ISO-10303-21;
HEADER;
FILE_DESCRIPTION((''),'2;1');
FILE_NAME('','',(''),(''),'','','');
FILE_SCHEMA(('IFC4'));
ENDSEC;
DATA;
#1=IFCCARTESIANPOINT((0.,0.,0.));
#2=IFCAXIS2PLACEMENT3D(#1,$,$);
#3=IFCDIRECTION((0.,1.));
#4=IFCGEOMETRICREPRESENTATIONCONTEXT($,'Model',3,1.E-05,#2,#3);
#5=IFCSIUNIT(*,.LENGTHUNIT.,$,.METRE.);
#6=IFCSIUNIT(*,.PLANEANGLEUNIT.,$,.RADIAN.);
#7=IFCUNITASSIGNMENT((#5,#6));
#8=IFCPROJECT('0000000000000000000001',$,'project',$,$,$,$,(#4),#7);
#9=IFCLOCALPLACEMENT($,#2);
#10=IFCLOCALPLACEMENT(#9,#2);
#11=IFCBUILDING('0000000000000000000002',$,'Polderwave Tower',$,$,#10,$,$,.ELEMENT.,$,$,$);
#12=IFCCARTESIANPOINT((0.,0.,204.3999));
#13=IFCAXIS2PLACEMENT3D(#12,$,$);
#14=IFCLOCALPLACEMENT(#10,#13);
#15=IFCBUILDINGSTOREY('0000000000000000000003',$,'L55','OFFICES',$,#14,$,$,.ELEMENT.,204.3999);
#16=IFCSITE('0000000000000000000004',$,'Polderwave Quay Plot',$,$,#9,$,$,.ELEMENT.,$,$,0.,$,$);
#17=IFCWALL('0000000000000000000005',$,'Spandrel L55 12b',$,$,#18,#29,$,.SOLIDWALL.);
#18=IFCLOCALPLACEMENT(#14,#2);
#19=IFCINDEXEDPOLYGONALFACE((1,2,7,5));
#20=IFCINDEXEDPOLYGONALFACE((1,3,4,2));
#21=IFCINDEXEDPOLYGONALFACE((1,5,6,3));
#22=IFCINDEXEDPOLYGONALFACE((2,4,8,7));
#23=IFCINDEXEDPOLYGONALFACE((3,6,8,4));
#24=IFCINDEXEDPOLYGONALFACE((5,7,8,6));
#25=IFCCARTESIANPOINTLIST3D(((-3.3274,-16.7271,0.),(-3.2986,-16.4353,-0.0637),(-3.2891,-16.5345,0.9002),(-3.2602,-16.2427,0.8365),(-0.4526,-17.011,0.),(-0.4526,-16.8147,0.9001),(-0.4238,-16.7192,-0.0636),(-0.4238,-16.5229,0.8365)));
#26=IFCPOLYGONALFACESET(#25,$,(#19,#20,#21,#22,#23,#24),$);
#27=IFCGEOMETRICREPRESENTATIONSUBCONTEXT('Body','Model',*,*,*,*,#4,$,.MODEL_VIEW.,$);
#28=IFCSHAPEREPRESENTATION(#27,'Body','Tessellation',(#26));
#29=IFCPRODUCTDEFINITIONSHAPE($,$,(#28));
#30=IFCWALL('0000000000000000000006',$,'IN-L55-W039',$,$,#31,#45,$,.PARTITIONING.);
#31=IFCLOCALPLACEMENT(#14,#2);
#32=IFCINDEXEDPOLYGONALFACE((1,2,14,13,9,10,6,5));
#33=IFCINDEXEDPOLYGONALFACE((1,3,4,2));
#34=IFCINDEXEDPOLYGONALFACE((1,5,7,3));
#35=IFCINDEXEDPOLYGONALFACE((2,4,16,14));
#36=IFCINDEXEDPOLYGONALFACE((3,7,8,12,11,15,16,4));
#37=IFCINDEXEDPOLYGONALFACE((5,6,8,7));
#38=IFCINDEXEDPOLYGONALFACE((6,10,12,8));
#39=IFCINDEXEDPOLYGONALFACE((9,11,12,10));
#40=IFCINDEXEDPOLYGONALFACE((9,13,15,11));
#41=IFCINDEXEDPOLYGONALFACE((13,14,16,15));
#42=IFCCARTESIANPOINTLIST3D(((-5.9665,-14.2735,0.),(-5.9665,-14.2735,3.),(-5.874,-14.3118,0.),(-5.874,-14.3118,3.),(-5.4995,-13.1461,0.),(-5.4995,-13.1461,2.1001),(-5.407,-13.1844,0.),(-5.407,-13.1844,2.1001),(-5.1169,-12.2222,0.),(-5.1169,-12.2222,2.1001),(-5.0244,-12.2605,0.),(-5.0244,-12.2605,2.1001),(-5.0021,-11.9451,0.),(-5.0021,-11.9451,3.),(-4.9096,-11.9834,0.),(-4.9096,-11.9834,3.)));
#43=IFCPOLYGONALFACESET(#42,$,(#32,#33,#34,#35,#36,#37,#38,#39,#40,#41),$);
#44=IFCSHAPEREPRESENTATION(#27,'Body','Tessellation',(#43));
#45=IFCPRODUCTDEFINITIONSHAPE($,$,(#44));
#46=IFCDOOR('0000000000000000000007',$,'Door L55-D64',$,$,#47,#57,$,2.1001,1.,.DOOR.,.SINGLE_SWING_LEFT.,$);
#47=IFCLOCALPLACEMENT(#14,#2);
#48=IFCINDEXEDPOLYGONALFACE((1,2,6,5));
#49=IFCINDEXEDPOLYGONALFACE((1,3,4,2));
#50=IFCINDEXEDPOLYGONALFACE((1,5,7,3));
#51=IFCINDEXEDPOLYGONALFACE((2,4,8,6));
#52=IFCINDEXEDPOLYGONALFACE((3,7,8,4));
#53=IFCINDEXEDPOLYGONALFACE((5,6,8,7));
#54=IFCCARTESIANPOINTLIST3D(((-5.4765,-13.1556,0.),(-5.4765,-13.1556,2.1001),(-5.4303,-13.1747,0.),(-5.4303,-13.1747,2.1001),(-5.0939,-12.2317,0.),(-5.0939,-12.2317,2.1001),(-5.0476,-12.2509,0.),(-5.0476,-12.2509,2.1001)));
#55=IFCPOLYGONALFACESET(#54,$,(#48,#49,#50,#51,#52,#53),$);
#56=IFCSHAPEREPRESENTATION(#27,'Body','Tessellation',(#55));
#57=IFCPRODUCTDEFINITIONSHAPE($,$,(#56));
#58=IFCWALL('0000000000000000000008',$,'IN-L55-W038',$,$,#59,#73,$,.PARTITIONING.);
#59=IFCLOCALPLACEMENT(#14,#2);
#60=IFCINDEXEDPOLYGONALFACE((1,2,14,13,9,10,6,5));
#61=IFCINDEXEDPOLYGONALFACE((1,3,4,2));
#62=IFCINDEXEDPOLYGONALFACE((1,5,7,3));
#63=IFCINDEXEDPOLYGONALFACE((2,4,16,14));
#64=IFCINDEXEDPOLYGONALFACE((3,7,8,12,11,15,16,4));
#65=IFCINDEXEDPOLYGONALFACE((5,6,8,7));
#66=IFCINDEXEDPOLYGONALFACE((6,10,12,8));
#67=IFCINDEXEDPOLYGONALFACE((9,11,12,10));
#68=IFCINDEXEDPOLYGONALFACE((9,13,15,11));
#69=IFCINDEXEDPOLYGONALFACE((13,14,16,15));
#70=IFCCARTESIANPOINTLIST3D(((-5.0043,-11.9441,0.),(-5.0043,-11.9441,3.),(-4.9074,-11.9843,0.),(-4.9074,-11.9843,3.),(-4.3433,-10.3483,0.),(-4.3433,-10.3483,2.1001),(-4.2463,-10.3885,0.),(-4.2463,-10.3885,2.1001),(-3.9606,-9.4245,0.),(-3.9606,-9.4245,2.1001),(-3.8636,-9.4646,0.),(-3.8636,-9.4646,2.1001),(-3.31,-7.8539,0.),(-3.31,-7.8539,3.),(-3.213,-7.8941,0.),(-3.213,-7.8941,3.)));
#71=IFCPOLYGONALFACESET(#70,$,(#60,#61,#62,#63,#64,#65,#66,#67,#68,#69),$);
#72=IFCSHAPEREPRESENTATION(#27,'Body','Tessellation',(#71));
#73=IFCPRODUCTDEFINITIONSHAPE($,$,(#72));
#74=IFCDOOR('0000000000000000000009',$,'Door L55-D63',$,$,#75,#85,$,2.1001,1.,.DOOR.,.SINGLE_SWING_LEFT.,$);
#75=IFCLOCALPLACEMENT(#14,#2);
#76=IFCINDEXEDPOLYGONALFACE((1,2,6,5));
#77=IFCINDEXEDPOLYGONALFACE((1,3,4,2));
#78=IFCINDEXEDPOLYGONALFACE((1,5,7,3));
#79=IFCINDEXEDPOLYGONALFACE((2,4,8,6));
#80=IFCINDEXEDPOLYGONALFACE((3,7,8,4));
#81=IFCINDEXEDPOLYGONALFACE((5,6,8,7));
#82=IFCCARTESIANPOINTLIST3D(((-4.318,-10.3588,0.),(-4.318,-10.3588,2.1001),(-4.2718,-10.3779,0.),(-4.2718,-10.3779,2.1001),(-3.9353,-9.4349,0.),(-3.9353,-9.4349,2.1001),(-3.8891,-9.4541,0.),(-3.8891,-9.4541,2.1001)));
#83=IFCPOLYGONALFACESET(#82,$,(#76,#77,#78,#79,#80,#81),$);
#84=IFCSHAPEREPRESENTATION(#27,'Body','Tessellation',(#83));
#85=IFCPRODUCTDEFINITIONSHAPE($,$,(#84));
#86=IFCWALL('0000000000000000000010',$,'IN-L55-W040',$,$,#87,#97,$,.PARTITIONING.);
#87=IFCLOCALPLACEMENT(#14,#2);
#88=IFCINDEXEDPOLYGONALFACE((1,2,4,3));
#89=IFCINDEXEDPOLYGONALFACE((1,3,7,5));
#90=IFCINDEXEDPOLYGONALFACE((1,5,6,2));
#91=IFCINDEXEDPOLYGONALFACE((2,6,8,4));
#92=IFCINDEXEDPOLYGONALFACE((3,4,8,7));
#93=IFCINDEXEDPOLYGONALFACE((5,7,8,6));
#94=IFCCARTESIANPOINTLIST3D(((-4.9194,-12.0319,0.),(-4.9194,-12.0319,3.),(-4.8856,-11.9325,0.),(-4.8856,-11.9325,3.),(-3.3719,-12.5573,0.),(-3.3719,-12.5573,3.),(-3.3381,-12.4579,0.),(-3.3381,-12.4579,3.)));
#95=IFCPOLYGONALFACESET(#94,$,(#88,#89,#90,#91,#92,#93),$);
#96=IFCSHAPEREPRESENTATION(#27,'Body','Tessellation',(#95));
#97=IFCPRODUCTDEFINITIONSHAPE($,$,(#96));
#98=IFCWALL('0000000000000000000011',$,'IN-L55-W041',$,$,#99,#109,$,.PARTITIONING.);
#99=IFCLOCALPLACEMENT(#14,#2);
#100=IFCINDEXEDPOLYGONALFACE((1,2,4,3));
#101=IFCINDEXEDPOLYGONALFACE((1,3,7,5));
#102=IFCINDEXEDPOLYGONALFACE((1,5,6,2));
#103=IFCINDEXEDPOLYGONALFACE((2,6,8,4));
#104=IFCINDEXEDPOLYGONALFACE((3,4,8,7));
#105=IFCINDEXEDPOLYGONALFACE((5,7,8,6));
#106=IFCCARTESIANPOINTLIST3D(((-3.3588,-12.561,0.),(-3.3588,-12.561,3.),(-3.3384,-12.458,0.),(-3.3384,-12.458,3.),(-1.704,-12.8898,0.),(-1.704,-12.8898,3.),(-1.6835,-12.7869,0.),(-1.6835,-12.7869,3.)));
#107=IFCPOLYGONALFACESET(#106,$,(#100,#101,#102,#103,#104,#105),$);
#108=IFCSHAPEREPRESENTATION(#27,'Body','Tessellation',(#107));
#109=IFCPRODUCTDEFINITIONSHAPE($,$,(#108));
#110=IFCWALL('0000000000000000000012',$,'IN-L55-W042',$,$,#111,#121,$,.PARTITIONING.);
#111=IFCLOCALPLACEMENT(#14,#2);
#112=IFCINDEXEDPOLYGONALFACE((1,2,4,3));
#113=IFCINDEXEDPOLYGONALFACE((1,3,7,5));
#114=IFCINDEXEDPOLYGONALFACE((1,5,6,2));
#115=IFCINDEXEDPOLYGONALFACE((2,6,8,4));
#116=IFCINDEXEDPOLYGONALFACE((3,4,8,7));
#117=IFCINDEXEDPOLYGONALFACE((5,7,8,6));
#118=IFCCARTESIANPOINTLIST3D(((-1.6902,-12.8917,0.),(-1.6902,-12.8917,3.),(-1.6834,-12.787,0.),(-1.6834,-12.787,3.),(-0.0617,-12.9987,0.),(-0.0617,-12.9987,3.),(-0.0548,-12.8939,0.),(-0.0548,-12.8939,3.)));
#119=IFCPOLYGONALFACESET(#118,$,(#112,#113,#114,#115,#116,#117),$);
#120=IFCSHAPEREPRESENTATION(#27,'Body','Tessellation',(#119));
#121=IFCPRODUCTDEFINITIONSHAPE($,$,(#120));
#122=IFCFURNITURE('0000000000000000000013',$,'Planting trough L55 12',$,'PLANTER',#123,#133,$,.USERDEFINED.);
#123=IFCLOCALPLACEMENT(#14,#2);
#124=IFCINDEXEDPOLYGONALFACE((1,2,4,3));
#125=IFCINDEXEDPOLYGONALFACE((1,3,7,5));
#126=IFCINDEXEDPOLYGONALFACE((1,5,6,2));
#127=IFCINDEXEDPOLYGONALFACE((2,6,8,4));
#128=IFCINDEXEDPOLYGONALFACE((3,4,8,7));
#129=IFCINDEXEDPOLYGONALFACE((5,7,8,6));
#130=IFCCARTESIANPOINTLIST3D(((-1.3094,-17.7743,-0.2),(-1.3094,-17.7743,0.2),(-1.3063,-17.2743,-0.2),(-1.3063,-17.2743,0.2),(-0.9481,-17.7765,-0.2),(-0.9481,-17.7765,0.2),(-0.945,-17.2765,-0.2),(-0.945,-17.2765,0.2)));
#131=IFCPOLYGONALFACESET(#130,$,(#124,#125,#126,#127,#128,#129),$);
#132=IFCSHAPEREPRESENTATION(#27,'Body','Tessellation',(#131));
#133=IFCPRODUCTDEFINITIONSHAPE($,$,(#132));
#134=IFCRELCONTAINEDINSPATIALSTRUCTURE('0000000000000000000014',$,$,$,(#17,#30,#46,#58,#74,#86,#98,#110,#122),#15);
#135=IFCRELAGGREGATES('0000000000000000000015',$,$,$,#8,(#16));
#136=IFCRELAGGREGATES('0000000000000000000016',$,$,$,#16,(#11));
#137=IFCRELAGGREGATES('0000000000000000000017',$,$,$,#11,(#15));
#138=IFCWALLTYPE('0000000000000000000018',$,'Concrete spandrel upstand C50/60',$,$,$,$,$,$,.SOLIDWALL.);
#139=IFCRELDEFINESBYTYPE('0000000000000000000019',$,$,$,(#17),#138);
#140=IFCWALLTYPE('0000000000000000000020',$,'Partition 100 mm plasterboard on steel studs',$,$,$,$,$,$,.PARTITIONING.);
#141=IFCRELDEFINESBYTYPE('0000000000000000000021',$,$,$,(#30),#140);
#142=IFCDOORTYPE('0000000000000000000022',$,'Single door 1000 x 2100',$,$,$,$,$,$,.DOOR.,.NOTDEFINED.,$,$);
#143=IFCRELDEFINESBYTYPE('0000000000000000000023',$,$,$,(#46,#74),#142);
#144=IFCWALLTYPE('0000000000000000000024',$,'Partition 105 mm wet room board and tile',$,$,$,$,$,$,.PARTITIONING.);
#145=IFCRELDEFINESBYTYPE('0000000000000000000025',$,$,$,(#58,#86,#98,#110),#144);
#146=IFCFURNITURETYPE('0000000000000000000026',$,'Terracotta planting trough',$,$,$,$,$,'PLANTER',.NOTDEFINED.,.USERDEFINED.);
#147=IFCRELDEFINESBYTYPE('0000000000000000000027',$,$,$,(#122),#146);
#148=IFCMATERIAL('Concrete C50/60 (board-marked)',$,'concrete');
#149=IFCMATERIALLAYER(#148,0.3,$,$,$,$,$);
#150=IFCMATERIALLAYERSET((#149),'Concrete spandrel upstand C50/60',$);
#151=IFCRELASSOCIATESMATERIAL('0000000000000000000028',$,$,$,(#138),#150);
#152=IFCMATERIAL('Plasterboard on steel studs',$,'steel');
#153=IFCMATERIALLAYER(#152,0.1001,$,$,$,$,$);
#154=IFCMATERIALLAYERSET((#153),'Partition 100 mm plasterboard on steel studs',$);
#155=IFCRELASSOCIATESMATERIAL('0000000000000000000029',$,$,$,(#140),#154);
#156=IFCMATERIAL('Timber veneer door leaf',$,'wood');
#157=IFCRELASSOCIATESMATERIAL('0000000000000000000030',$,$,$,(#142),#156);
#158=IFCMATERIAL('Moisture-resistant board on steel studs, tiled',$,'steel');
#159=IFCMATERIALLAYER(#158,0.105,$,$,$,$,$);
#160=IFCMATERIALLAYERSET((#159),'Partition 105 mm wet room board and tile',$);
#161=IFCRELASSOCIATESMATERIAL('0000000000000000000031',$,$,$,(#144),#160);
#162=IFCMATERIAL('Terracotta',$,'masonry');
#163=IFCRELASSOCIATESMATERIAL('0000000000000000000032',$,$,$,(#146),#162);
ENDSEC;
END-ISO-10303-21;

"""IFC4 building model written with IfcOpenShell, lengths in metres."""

from ifc_helpers import new_model, si_unit, direction, frame, frame_2d, origin, origin_2d, place, context, subcontext, project, spatial, polyline, rectangle, outline, extrude, material, layer, layer_set, type_object, element, fill, save


model = new_model("IFC4")

# Units and contexts
model_context = context("Model", 3, precision=1e-05, world=origin(), true_north=direction((0.0, 1.0)))
body_context = subcontext(model_context, "Body", "Model", "MODEL_VIEW")
ifc_project = project(units=[si_unit("LENGTHUNIT", "METRE"), si_unit("PLANEANGLEUNIT", "RADIAN")], contexts=[model_context])

# Site, building, storey
site_placement = place(None, origin())
site = spatial("IfcSite", under=ifc_project, at=site_placement, Name="Polderwave Quay Plot", CompositionType="ELEMENT", RefElevation=0.0)
building_placement = place(site_placement, origin())
building = spatial("IfcBuilding", under=site, at=building_placement, Name="Polderwave Tower", CompositionType="ELEMENT")
storey_placement = place(building_placement, frame((0.0, 0.0, 204.3999)))
storey = spatial("IfcBuildingStorey", under=building, at=storey_placement, Name="L55", Description="OFFICES", CompositionType="ELEMENT", Elevation=204.3999)

# Wall
ifc_material_1 = material(Name="Concrete C50/60 (board-marked)", Category="concrete")
ifc_layer_1 = layer(ifc_material_1, 0.3)
ifc_layer_set_1 = layer_set([ifc_layer_1], Name="Concrete spandrel upstand C50/60")
wall_type_1 = type_object("IfcWallType", Name="Concrete spandrel upstand C50/60", PredefinedType="SOLIDWALL", material=ifc_layer_set_1)
wall_1_placement = place(storey_placement, frame((-3.3274, -16.7271, 0.0), z_axis=(-0.096074, -0.972506, 0.212135), x_axis=(0.995156, -0.098311, 0.000004)))
element("IfcWall", 1, at=wall_1_placement, inside=storey, type_object=wall_type_1, Name="Spandrel L55 12b", PredefinedType="SOLIDWALL", context=body_context, shape_type="SweptSolid", body=[
    extrude(outline(polyline([(0.0, 0.0), (2.8887, 0.0), (2.8695, 0.9211), (0.0192, 0.9211), (0.0, 0.0)])), origin(), (0.0, 0.0, -1.0), 0.3),
])

# Walls, openings, doors
ifc_material_2 = material(Name="Plasterboard on steel studs", Category="steel")
ifc_layer_2 = layer(ifc_material_2, 0.1001)
ifc_layer_set_2 = layer_set([ifc_layer_2], Name="Partition 100 mm plasterboard on steel studs")
wall_type_2 = type_object("IfcWallType", Name="Partition 100 mm plasterboard on steel studs", PredefinedType="PARTITIONING", material=ifc_layer_set_2)
wall_2_placement = place(storey_placement, frame((-4.9558, -11.9641, 0.0), z_axis=(0.0, 0.0, 1.0), x_axis=(-0.382654, -0.923892, 0.0)))
wall_2 = element("IfcWall", 2, at=wall_2_placement, inside=storey, type_object=wall_type_2, Name="IN-L55-W039", PredefinedType="PARTITIONING", context=body_context, shape_type="SweptSolid", body=[
    extrude(rectangle(XDim=2.5203, YDim=0.1001, at=frame_2d((1.2603, 0.0))), origin(), (0.0, 0.0, 1.0), 3.0),
])
opening_1_placement = place(wall_2_placement, frame((0.3, 0.0, 0.0)))
opening_1 = element("IfcOpeningElement", 3, at=opening_1_placement, cuts=wall_2, PredefinedType="OPENING", context=body_context, shape_type="SweptSolid", body=[
    extrude(rectangle(XDim=1.0, YDim=2.1001, at=frame_2d((0.5, 1.05))), frame((0.0, 0.0601, 0.0), z_axis=(0.0, -1.0, 0.0), x_axis=(1.0, 0.0, 0.0)), (0.0, 0.0, 1.0), 0.1201),
])
ifc_material_3 = material(Name="Timber veneer door leaf", Category="wood")
door_type = type_object("IfcDoorType", Name="Single door 1000 x 2100", OperationType="NOTDEFINED", PredefinedType="DOOR", material=ifc_material_3)
door_1_placement = place(opening_1_placement, origin())
door_1 = element("IfcDoor", 4, at=door_1_placement, inside=storey, type_object=door_type, Name="Door L55-D64", OperationType="SINGLE_SWING_LEFT", OverallHeight=2.1001, OverallWidth=1.0, PredefinedType="DOOR", context=body_context, shape_type="SweptSolid", body=[
    extrude(rectangle(XDim=1.0, YDim=2.1001, at=frame_2d((0.5, 1.05))), frame((0.0, 0.0249, 0.0), z_axis=(0.0, -1.0, 0.0), x_axis=(1.0, 0.0, 0.0)), (0.0, 0.0, 1.0), 0.05),
])
fill(opening_1, door_1)
ifc_material_4 = material(Name="Moisture-resistant board on steel studs, tiled", Category="steel")
ifc_layer_3 = layer(ifc_material_4, 0.105)
ifc_layer_set_3 = layer_set([ifc_layer_3], Name="Partition 105 mm wet room board and tile")
wall_type_3 = type_object("IfcWallType", Name="Partition 105 mm wet room board and tile", PredefinedType="PARTITIONING", material=ifc_layer_set_3)
wall_3_placement = place(storey_placement, frame((-3.2615, -7.874, 0.0), z_axis=(0.0, 0.0, 1.0), x_axis=(-0.382715, -0.923866, 0.0)))
wall_3 = element("IfcWall", 5, at=wall_3_placement, inside=storey, type_object=wall_type_3, Name="IN-L55-W038", PredefinedType="PARTITIONING", context=body_context, shape_type="SweptSolid", body=[
    extrude(rectangle(XDim=4.4272, YDim=0.105, at=frame_2d((2.2136, 0.0))), origin(), (0.0, 0.0, 1.0), 3.0),
])
opening_2_placement = place(wall_3_placement, frame((1.7, 0.0, 0.0)))
opening_2 = element("IfcOpeningElement", 6, at=opening_2_placement, cuts=wall_3, PredefinedType="OPENING", context=body_context, shape_type="SweptSolid", body=[
    extrude(rectangle(XDim=1.0, YDim=2.1001, at=frame_2d((0.5, 1.05))), frame((0.0, 0.0625, 0.0), z_axis=(0.0, -1.0, 0.0), x_axis=(1.0, 0.0, 0.0)), (0.0, 0.0, 1.0), 0.125),
])
door_2_placement = place(opening_2_placement, origin())
door_2 = element("IfcDoor", 7, at=door_2_placement, inside=storey, type_object=door_type, Name="Door L55-D63", OperationType="SINGLE_SWING_LEFT", OverallHeight=2.1001, OverallWidth=1.0, PredefinedType="DOOR", context=body_context, shape_type="SweptSolid", body=[
    extrude(rectangle(XDim=1.0, YDim=2.1001, at=frame_2d((0.5, 1.05))), frame((0.0, 0.0249, 0.0), z_axis=(0.0, -1.0, 0.0), x_axis=(1.0, 0.0, 0.0)), (0.0, 0.0, 1.0), 0.05),
])
fill(opening_2, door_2)

# Walls
wall_4_placement = place(storey_placement, frame((-3.355, -12.5076, 0.0), z_axis=(0.0, 0.0, 1.0), x_axis=(-0.946921, 0.321466, 0.0)))
element("IfcWall", 8, at=wall_4_placement, inside=storey, type_object=wall_type_3, Name="IN-L55-W040", PredefinedType="PARTITIONING", context=body_context, shape_type="SweptSolid", body=[
    extrude(rectangle(XDim=1.6343, YDim=0.105, at=frame_2d((0.8171, 0.0))), origin(), (0.0, 0.0, 1.0), 3.0),
])
wall_5_placement = place(storey_placement, frame((-1.6936, -12.8384, 0.0), z_axis=(0.0, 0.0, 1.0), x_axis=(-0.980819, 0.194919, 0.0)))
element("IfcWall", 9, at=wall_5_placement, inside=storey, type_object=wall_type_3, Name="IN-L55-W041", PredefinedType="PARTITIONING", context=body_context, shape_type="SweptSolid", body=[
    extrude(rectangle(XDim=1.6873, YDim=0.105, at=frame_2d((0.8438, 0.0))), origin(), (0.0, 0.0, 1.0), 3.0),
])
wall_6_placement = place(storey_placement, frame((-0.0583, -12.9463, 0.0), z_axis=(0.0, 0.0, 1.0), x_axis=(-0.997852, 0.065516, 0.0)))
element("IfcWall", 10, at=wall_6_placement, inside=storey, type_object=wall_type_3, Name="IN-L55-W042", PredefinedType="PARTITIONING", context=body_context, shape_type="SweptSolid", body=[
    extrude(rectangle(XDim=1.6321, YDim=0.105, at=frame_2d((0.8159, 0.0))), origin(), (0.0, 0.0, 1.0), 3.0),
])

# Furniture
ifc_material_5 = material(Name="Terracotta", Category="masonry")
furniture_type = type_object("IfcFurnitureType", Name="Terracotta planting trough", ElementType="PLANTER", AssemblyPlace="NOTDEFINED", PredefinedType="USERDEFINED", material=ifc_material_5)
furniture_placement = place(storey_placement, frame((-1.1272, -17.5254, -0.2), z_axis=(0.0, 0.0, 1.0), x_axis=(0.99998, -0.006276, 0.0)))
element("IfcFurniture", 11, at=furniture_placement, inside=storey, type_object=furniture_type, Name="Planting trough L55 12", ObjectType="PLANTER", PredefinedType="USERDEFINED", context=body_context, shape_type="SweptSolid", body=[
    extrude(rectangle(XDim=0.3613, YDim=0.5, at=origin_2d()), origin(), (0.0, 0.0, 1.0), 0.3999),
])

save(model, "model.ifc")
